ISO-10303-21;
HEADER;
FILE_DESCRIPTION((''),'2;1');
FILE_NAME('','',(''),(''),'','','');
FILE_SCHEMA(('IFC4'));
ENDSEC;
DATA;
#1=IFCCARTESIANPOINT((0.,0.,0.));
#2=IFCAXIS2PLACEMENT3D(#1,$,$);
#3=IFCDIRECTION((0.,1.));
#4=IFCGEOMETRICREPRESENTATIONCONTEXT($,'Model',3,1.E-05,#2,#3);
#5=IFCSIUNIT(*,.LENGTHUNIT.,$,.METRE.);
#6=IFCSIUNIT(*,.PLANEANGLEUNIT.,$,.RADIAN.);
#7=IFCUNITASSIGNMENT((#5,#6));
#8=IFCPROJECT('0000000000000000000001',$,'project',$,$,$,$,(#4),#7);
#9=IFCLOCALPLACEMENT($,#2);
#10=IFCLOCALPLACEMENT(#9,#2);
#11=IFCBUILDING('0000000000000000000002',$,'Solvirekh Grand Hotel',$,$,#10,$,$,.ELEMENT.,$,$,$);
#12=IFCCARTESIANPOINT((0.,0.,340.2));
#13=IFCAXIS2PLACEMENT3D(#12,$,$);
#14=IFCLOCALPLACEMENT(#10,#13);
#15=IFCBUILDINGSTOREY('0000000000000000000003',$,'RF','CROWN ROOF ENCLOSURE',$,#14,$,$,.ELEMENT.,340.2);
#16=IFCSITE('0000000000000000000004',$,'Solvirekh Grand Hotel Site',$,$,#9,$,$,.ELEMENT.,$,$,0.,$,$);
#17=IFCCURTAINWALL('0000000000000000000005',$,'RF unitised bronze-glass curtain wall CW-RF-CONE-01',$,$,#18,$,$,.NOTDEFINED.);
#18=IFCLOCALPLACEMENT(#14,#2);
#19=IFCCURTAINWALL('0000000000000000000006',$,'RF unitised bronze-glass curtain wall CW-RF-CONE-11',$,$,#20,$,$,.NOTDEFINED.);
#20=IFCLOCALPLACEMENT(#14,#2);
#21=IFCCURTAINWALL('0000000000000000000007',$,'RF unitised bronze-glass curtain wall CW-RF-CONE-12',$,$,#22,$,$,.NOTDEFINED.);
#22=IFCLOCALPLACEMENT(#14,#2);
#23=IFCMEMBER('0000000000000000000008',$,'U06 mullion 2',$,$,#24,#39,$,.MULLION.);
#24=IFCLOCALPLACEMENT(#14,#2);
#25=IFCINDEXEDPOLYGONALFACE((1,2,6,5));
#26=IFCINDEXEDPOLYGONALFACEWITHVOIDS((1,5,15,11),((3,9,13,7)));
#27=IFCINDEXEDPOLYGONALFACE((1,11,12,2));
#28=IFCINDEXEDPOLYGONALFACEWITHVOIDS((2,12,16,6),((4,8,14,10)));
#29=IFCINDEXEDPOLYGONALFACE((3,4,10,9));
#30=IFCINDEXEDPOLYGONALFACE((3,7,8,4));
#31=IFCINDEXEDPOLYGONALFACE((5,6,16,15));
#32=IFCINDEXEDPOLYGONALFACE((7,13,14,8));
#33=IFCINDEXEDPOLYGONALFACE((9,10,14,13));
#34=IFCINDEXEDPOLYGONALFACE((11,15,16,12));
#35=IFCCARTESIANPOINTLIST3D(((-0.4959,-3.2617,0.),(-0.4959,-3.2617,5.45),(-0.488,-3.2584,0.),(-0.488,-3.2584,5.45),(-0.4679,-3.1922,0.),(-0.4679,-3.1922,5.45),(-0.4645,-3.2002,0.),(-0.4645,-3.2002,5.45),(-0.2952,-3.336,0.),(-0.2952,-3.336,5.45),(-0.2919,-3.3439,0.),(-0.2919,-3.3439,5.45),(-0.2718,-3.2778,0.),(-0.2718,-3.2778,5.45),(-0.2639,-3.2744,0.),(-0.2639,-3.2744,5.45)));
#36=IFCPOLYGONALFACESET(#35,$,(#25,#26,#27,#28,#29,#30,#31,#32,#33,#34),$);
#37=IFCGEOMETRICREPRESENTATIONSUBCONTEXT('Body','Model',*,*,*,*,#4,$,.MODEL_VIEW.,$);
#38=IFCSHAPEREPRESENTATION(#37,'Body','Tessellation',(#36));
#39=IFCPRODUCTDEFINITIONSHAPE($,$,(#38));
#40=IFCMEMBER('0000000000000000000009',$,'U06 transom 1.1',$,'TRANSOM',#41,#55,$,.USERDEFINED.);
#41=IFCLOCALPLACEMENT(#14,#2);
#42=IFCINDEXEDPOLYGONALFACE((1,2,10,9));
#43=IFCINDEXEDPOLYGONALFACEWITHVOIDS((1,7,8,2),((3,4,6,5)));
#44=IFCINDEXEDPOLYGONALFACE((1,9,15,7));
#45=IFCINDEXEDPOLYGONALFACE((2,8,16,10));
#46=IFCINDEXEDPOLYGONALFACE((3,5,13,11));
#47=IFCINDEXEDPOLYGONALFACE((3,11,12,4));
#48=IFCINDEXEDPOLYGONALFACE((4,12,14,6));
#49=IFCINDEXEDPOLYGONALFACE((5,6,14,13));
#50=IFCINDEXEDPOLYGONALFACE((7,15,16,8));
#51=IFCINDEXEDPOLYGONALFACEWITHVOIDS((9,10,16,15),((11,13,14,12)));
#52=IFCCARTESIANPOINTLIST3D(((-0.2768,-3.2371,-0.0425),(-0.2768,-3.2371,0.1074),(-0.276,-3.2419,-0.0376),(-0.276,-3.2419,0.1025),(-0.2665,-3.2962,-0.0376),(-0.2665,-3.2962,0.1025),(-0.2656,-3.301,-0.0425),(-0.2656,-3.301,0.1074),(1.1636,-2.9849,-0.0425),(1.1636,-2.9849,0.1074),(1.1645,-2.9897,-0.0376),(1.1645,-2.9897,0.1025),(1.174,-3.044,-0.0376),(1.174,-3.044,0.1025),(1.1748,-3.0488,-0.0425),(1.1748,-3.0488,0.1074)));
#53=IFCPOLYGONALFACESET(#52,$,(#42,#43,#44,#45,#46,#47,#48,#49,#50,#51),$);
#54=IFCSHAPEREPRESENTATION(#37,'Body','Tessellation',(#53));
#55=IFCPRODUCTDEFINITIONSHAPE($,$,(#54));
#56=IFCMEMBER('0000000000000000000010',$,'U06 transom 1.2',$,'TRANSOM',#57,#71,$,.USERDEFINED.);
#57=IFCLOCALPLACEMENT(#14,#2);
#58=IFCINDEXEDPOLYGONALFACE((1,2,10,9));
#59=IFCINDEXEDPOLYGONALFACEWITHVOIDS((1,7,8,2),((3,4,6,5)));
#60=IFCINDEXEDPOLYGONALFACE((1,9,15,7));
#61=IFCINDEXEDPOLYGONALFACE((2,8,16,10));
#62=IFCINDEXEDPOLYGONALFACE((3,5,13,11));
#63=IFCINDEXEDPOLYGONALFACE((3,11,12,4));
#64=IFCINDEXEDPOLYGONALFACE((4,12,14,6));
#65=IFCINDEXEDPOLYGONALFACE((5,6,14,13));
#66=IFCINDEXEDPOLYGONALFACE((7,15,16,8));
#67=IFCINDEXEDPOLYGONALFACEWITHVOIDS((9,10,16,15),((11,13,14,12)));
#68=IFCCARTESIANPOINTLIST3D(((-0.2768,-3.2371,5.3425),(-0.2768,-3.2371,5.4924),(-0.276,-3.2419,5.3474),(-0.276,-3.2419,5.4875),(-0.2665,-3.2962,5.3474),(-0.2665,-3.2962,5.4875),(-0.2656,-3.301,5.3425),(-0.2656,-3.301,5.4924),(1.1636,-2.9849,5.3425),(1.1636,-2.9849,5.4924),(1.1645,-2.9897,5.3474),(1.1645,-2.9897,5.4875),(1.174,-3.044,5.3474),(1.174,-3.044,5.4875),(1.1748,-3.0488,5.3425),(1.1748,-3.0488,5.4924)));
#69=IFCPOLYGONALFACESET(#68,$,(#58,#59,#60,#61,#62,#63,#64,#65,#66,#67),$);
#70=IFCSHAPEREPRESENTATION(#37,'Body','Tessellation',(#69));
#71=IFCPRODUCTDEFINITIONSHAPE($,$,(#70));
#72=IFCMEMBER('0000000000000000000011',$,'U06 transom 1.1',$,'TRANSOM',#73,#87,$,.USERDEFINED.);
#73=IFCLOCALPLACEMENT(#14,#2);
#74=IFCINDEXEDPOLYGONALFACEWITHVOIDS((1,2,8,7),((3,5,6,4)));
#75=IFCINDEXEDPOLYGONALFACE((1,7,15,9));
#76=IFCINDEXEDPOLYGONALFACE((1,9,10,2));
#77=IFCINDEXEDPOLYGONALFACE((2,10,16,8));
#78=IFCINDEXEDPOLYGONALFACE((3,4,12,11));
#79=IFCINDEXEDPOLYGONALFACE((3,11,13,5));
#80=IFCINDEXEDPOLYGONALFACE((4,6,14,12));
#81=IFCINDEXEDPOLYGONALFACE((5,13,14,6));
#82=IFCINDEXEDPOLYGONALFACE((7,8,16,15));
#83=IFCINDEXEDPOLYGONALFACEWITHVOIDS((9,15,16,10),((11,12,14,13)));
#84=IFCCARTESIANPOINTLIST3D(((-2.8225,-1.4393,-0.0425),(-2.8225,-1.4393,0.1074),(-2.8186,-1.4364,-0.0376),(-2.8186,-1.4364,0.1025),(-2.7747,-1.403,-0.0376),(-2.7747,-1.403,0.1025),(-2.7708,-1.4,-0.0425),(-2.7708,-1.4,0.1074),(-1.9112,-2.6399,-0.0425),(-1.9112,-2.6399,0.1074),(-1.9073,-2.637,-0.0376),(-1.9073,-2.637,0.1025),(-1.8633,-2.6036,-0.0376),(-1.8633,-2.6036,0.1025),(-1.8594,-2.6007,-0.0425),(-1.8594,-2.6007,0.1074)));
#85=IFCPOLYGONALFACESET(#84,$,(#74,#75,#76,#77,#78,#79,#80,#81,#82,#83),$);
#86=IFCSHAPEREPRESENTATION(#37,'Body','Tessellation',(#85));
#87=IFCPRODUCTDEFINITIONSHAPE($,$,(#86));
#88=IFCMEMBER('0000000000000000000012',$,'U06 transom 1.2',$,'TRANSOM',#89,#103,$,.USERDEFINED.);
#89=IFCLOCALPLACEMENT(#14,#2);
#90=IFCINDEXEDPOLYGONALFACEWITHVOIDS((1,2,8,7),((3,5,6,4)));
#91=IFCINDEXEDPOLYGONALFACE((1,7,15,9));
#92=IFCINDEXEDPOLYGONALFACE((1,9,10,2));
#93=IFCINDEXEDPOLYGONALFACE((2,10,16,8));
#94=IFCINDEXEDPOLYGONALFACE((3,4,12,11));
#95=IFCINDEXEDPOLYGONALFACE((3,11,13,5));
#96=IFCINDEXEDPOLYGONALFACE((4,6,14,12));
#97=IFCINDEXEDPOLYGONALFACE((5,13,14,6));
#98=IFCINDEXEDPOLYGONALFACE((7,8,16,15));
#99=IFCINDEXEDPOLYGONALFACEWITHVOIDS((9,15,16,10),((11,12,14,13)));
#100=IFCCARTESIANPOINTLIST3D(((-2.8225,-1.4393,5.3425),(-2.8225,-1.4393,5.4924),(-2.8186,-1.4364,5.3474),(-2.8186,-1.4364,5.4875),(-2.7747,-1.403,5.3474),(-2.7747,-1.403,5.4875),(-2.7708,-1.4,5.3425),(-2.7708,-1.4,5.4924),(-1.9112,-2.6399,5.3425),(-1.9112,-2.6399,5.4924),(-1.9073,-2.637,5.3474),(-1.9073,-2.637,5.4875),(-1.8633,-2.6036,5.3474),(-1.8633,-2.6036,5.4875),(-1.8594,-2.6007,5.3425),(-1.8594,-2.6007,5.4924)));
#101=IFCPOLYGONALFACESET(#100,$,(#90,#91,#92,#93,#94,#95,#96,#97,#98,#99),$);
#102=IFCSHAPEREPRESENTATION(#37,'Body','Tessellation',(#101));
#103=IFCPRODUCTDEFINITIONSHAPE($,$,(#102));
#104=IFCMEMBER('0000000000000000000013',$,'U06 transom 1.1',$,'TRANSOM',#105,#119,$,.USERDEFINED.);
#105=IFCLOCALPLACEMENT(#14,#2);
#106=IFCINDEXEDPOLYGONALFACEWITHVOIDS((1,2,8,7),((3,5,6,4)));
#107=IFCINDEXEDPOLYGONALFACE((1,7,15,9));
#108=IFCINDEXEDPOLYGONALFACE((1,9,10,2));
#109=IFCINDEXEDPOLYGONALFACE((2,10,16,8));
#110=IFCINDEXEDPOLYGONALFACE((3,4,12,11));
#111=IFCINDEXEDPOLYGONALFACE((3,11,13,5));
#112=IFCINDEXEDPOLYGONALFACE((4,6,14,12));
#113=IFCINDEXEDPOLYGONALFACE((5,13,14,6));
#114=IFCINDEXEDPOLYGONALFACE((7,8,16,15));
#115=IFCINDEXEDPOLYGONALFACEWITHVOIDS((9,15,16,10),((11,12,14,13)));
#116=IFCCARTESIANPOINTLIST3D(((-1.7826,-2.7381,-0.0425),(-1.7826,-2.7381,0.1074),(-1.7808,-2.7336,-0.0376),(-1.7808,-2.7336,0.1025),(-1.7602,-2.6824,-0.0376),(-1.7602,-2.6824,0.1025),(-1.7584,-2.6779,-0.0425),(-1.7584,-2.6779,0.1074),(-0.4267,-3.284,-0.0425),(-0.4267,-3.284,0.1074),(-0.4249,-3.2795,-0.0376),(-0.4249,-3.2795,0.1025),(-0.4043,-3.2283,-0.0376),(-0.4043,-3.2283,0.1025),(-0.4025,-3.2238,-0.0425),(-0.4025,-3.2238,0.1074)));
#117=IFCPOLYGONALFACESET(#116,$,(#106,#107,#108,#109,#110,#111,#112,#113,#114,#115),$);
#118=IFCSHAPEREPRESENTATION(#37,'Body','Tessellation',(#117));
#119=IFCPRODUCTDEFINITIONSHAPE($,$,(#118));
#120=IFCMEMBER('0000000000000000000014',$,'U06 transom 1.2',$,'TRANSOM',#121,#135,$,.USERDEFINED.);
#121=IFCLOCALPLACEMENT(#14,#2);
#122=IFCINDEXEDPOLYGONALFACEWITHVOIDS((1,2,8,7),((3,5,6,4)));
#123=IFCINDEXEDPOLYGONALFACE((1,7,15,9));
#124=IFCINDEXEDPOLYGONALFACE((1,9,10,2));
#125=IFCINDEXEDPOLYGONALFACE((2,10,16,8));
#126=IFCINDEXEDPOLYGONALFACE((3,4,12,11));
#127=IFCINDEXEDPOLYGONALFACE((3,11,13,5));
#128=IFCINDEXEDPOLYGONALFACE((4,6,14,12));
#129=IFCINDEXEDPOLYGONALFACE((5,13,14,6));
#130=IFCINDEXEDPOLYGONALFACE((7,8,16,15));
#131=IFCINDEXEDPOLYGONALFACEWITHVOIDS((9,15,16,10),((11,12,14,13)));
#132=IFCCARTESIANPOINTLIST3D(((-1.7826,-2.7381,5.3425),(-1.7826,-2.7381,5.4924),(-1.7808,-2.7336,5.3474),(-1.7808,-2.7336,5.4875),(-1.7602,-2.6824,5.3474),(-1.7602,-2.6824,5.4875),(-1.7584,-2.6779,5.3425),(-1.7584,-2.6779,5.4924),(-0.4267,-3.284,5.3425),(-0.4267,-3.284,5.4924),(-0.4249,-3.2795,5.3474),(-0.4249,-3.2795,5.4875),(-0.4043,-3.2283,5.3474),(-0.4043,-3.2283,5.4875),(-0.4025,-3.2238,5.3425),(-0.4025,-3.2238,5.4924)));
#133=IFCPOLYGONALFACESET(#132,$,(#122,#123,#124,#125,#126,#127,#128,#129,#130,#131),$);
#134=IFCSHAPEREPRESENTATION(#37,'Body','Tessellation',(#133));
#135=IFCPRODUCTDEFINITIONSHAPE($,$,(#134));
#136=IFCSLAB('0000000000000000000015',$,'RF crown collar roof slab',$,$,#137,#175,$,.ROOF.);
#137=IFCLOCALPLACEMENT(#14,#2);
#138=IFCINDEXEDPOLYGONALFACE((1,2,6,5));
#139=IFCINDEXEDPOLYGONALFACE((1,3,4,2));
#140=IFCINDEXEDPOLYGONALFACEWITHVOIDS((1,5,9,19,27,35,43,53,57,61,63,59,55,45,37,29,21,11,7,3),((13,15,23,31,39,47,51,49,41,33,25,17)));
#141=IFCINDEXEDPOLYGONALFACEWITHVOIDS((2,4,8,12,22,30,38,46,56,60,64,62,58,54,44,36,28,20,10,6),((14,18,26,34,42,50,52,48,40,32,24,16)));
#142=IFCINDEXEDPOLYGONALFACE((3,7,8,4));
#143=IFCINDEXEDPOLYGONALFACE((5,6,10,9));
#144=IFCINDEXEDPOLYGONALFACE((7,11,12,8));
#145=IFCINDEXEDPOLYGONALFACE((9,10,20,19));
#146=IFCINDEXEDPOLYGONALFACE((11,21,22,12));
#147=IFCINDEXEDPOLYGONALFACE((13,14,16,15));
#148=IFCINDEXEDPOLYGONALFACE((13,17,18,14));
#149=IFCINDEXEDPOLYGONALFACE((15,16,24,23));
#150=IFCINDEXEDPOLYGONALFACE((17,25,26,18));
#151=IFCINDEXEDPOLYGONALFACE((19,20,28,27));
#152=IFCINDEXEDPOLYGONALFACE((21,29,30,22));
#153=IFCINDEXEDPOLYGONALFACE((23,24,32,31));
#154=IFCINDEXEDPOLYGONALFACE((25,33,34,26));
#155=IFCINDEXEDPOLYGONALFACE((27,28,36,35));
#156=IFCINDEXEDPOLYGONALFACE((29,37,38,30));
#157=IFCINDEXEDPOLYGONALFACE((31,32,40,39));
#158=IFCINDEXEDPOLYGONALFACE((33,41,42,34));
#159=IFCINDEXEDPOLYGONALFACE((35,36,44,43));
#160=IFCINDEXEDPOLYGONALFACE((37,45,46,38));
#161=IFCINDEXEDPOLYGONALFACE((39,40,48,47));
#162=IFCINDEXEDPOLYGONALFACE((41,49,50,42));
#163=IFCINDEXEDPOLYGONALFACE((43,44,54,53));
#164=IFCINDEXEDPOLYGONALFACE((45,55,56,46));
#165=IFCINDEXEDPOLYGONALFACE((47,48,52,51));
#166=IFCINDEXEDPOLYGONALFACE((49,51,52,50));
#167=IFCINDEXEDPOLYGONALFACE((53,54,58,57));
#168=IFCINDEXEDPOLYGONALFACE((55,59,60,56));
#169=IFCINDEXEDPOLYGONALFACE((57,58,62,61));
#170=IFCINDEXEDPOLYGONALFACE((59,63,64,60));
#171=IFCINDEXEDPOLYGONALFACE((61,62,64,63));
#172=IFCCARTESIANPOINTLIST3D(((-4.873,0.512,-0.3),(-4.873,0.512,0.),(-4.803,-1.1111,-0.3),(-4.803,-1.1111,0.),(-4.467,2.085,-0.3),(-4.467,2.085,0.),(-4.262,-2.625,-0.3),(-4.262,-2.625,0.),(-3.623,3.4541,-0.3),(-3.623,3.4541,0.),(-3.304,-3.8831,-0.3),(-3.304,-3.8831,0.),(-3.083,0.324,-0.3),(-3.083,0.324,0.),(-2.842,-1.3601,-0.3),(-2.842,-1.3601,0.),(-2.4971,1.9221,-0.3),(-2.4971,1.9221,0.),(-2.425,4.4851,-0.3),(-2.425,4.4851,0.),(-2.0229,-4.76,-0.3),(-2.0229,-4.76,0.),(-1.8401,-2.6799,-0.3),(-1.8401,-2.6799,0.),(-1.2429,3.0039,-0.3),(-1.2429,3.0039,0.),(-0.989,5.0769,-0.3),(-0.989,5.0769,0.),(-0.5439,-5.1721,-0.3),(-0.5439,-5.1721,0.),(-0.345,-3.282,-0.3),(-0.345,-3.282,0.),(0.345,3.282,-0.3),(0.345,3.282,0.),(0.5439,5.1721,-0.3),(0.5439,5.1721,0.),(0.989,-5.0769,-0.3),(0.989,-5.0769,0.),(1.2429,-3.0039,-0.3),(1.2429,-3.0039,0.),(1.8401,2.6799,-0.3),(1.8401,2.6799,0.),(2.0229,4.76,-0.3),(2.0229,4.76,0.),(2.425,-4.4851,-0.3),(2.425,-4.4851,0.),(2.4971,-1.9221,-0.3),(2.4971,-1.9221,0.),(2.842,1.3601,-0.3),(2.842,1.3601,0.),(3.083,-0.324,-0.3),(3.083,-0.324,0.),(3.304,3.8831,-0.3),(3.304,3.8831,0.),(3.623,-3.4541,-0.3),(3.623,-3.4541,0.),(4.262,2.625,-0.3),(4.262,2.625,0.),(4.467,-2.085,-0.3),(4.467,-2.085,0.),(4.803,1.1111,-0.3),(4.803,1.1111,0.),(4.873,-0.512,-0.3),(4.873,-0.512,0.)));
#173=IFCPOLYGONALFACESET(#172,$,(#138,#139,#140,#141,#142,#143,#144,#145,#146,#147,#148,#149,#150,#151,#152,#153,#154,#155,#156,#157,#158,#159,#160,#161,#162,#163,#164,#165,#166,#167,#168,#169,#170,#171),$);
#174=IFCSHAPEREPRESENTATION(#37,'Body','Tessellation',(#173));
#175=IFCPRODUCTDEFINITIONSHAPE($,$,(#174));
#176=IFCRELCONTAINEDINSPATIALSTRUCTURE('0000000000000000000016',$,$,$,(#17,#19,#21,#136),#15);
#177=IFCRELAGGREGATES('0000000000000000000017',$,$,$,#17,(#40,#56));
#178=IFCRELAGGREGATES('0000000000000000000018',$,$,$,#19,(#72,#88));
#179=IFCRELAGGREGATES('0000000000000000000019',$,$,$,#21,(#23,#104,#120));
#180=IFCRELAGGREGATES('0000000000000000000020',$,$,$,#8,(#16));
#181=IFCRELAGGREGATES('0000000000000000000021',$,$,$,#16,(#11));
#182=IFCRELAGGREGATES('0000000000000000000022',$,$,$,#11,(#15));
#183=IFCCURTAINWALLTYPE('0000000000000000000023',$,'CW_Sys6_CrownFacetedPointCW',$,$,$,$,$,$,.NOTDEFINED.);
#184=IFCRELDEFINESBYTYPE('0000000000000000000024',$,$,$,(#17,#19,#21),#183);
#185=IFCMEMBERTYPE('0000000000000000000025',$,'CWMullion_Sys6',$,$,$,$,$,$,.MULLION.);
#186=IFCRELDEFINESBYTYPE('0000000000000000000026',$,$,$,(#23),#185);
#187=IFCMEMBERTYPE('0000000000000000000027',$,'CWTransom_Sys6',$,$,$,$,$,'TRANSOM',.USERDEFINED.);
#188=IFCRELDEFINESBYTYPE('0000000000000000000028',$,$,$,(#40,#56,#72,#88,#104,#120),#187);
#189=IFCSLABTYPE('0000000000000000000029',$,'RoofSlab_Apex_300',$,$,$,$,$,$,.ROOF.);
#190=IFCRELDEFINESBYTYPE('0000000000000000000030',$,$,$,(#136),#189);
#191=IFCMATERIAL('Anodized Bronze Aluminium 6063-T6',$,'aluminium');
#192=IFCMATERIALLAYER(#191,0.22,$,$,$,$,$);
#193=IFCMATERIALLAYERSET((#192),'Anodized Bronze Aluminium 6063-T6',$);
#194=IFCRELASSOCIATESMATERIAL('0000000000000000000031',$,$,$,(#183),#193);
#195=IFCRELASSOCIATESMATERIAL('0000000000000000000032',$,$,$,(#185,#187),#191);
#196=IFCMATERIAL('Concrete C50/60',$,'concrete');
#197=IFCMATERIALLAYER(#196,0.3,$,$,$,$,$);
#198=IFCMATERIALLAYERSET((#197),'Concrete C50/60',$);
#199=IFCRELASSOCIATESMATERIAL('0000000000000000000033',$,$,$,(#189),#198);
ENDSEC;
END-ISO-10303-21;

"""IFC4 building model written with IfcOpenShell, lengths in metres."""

from ifc_helpers import new_model, si_unit, direction, frame, origin, origin_2d, place, context, subcontext, project, spatial, polyline, hollow_rectangle, outline, extrude, source, transform, mapped, material, layer, layer_set, material_profile, profile_set, type_object, element, aggregate, save


model = new_model("IFC4")

# Units and contexts
model_context = context("Model", 3, precision=1e-05, world=origin(), true_north=direction((0.0, 1.0)))
body_context = subcontext(model_context, "Body", "Model", "MODEL_VIEW")
ifc_project = project(units=[si_unit("LENGTHUNIT", "METRE"), si_unit("PLANEANGLEUNIT", "RADIAN")], contexts=[model_context])

# Site, building, storey
site_placement = place(None, origin())
site = spatial("IfcSite", under=ifc_project, at=site_placement, Name="Solvirekh Grand Hotel Site", CompositionType="ELEMENT", RefElevation=0.0)
building_placement = place(site_placement, origin())
building = spatial("IfcBuilding", under=site, at=building_placement, Name="Solvirekh Grand Hotel", CompositionType="ELEMENT")
storey_placement = place(building_placement, frame((0.0, 0.0, 340.2)))
storey = spatial("IfcBuildingStorey", under=building, at=storey_placement, Name="RF", Description="CROWN ROOF ENCLOSURE", CompositionType="ELEMENT", Elevation=340.2)

# Curtain wall
ifc_material_1 = material(Name="Anodized Bronze Aluminium 6063-T6", Category="aluminium")
ifc_layer_1 = layer(ifc_material_1, 0.22)
ifc_layer_set_1 = layer_set([ifc_layer_1], Name="Anodized Bronze Aluminium 6063-T6")
curtain_wall_type = type_object("IfcCurtainWallType", Name="CW_Sys6_CrownFacetedPointCW", PredefinedType="NOTDEFINED", material=ifc_layer_set_1)
curtain_wall_1_placement = place(storey_placement, origin())
curtain_wall_1 = element("IfcCurtainWall", 1, at=curtain_wall_1_placement, inside=storey, type_object=curtain_wall_type, Name="RF unitised bronze-glass curtain wall CW-RF-CONE-01", PredefinedType="NOTDEFINED")
ifc_material_profile_1 = material_profile(ifc_material_1, hollow_rectangle(XDim=0.075, YDim=0.22, WallThickness=0.0061, at=origin_2d()), Name="ALU RHS 220X75X6")
ifc_profile_set_1 = profile_set([ifc_material_profile_1], Name="Anodized Bronze Aluminium 6063-T6")
member_type_1 = type_object("IfcMemberType", Name="CWMullion_Sys6", PredefinedType="MULLION", material=ifc_profile_set_1)
shared_shape_1 = source(origin(), body_context, "Body", "SweptSolid", [
    extrude(hollow_rectangle(XDim=0.075, YDim=0.22, WallThickness=0.0061, at=origin_2d()), origin(), (0.0, 0.0, 1.0), 5.45),
])

# Curtain walls, member
curtain_wall_2_placement = place(storey_placement, origin())
curtain_wall_2 = element("IfcCurtainWall", 2, at=curtain_wall_2_placement, inside=storey, type_object=curtain_wall_type, Name="RF unitised bronze-glass curtain wall CW-RF-CONE-11", PredefinedType="NOTDEFINED")
curtain_wall_3_placement = place(storey_placement, origin())
curtain_wall_3 = element("IfcCurtainWall", 3, at=curtain_wall_3_placement, inside=storey, type_object=curtain_wall_type, Name="RF unitised bronze-glass curtain wall CW-RF-CONE-12", PredefinedType="NOTDEFINED")
member_1_placement = place(storey_placement, frame((-0.3799, -3.2681, 0.0), z_axis=(0.0, 0.0, 1.0), x_axis=(0.373529, 0.927618, 0.0)))
member_1 = element("IfcMember", 4, at=member_1_placement, type_object=member_type_1, Name="U06 mullion 2", PredefinedType="MULLION", context=body_context, shape_type="MappedRepresentation", body=[
    mapped(shared_shape_1, transform((0.0, 0.0, 0.0), x_axis=(1.0, 0.0, 0.0), y_axis=(0.0, 1.0, 0.0), z_axis=(0.0, 0.0, 1.0), scale=1.0)),
])

# Members
ifc_material_profile_2 = material_profile(ifc_material_1, hollow_rectangle(XDim=0.0649, YDim=0.1499, WallThickness=0.0049, at=origin_2d()), Name="ALU RHS 150X65X5")
ifc_profile_set_2 = profile_set([ifc_material_profile_2], Name="Anodized Bronze Aluminium 6063-T6")
member_type_2 = type_object("IfcMemberType", Name="CWTransom_Sys6", ElementType="TRANSOM", PredefinedType="USERDEFINED", material=ifc_profile_set_2)
shared_shape_2 = source(origin(), body_context, "Body", "SweptSolid", [
    extrude(hollow_rectangle(XDim=0.0649, YDim=0.1499, WallThickness=0.0049, at=origin_2d()), origin(), (0.0, 0.0, 1.0), 1.4624),
])
member_2_placement = place(storey_placement, frame((-0.2712, -3.269, 0.0325), z_axis=(0.985016, 0.172461, 0.0), x_axis=(-0.172461, 0.985016, 0.0)))
member_2 = element("IfcMember", 5, at=member_2_placement, type_object=member_type_2, Name="U06 transom 1.1", ObjectType="TRANSOM", PredefinedType="USERDEFINED", context=body_context, shape_type="MappedRepresentation", body=[
    mapped(shared_shape_2, transform((0.0, 0.0, 0.0), x_axis=(1.0, 0.0, 0.0), y_axis=(0.0, 1.0, 0.0), z_axis=(0.0, 0.0, 1.0), scale=1.0)),
])
member_3_placement = place(storey_placement, frame((-0.2712, -3.269, 5.4175), z_axis=(0.985016, 0.172461, 0.0), x_axis=(-0.172461, 0.985016, 0.0)))
member_3 = element("IfcMember", 6, at=member_3_placement, type_object=member_type_2, Name="U06 transom 1.2", ObjectType="TRANSOM", PredefinedType="USERDEFINED", context=body_context, shape_type="MappedRepresentation", body=[
    mapped(shared_shape_2, transform((0.0, 0.0, 0.0), x_axis=(1.0, 0.0, 0.0), y_axis=(0.0, 1.0, 0.0), z_axis=(0.0, 0.0, 1.0), scale=1.0)),
])
aggregate(curtain_wall_1, [member_2, member_3])
shared_shape_3 = source(origin(), body_context, "Body", "SweptSolid", [
    extrude(hollow_rectangle(XDim=0.0649, YDim=0.1499, WallThickness=0.0049, at=origin_2d()), origin(), (0.0, 0.0, 1.0), 1.5073),
])
member_4_placement = place(storey_placement, frame((-2.7966, -1.4197, 0.0325), z_axis=(0.604603, -0.796527, 0.0), x_axis=(0.796527, 0.604603, 0.0)))
member_4 = element("IfcMember", 7, at=member_4_placement, type_object=member_type_2, Name="U06 transom 1.1", ObjectType="TRANSOM", PredefinedType="USERDEFINED", context=body_context, shape_type="MappedRepresentation", body=[
    mapped(shared_shape_3, transform((0.0, 0.0, 0.0), x_axis=(1.0, 0.0, 0.0), y_axis=(0.0, 1.0, 0.0), z_axis=(0.0, 0.0, 1.0), scale=1.0)),
])
member_5_placement = place(storey_placement, frame((-2.7966, -1.4197, 5.4175), z_axis=(0.604603, -0.796527, 0.0), x_axis=(0.796527, 0.604603, 0.0)))
member_5 = element("IfcMember", 8, at=member_5_placement, type_object=member_type_2, Name="U06 transom 1.2", ObjectType="TRANSOM", PredefinedType="USERDEFINED", context=body_context, shape_type="MappedRepresentation", body=[
    mapped(shared_shape_3, transform((0.0, 0.0, 0.0), x_axis=(1.0, 0.0, 0.0), y_axis=(0.0, 1.0, 0.0), z_axis=(0.0, 0.0, 1.0), scale=1.0)),
])
shared_shape_4 = source(origin(), body_context, "Body", "SweptSolid", [
    extrude(hollow_rectangle(XDim=0.0649, YDim=0.1499, WallThickness=0.0049, at=origin_2d()), origin(), (0.0, 0.0, 1.0), 1.4617),
])
member_6_placement = place(storey_placement, frame((-1.7705, -2.708, 0.0325), z_axis=(0.927645, -0.373463, 0.0), x_axis=(0.373463, 0.927645, 0.0)))
member_6 = element("IfcMember", 9, at=member_6_placement, type_object=member_type_2, Name="U06 transom 1.1", ObjectType="TRANSOM", PredefinedType="USERDEFINED", context=body_context, shape_type="MappedRepresentation", body=[
    mapped(shared_shape_4, transform((0.0, 0.0, 0.0), x_axis=(1.0, 0.0, 0.0), y_axis=(0.0, 1.0, 0.0), z_axis=(0.0, 0.0, 1.0), scale=1.0)),
])
member_7_placement = place(storey_placement, frame((-1.7705, -2.708, 5.4175), z_axis=(0.927645, -0.373463, 0.0), x_axis=(0.373463, 0.927645, 0.0)))
member_7 = element("IfcMember", 10, at=member_7_placement, type_object=member_type_2, Name="U06 transom 1.2", ObjectType="TRANSOM", PredefinedType="USERDEFINED", context=body_context, shape_type="MappedRepresentation", body=[
    mapped(shared_shape_4, transform((0.0, 0.0, 0.0), x_axis=(1.0, 0.0, 0.0), y_axis=(0.0, 1.0, 0.0), z_axis=(0.0, 0.0, 1.0), scale=1.0)),
])

# Slab
ifc_material_2 = material(Name="Concrete C50/60", Category="concrete")
ifc_layer_2 = layer(ifc_material_2, 0.3)
ifc_layer_set_2 = layer_set([ifc_layer_2], Name="Concrete C50/60")
slab_type = type_object("IfcSlabType", Name="RoofSlab_Apex_300", PredefinedType="ROOF", material=ifc_layer_set_2)
slab_placement = place(storey_placement, frame((0.0, 0.0, -0.3)))
element("IfcSlab", 11, at=slab_placement, inside=storey, type_object=slab_type, Name="RF crown collar roof slab", PredefinedType="ROOF", context=body_context, shape_type="SweptSolid", body=[
    extrude(outline(polyline([(-0.5439, -5.1721), (0.989, -5.0769), (2.425, -4.4851), (3.623, -3.4541), (4.467, -2.085), (4.873, -0.512), (4.803, 1.1111), (4.262, 2.625), (3.304, 3.8831), (2.0229, 4.76), (0.5439, 5.1721), (-0.989, 5.0769), (-2.425, 4.4851), (-3.623, 3.4541), (-4.467, 2.085), (-4.873, 0.512), (-4.803, -1.1111), (-4.262, -2.625), (-3.304, -3.8831), (-2.0229, -4.76), (-0.5439, -5.1721)]), holes=[polyline([(-1.8401, -2.6799), (-2.842, -1.3601), (-3.083, 0.324), (-2.4971, 1.9221), (-1.2429, 3.0039), (0.345, 3.282), (1.8401, 2.6799), (2.842, 1.3601), (3.083, -0.324), (2.4971, -1.9221), (1.2429, -3.0039), (-0.345, -3.282), (-1.8401, -2.6799)])]), origin(), (0.0, 0.0, 1.0), 0.3),
])

aggregate(curtain_wall_2, [member_4, member_5])
aggregate(curtain_wall_3, [member_1, member_6, member_7])

save(model, "model.ifc")
